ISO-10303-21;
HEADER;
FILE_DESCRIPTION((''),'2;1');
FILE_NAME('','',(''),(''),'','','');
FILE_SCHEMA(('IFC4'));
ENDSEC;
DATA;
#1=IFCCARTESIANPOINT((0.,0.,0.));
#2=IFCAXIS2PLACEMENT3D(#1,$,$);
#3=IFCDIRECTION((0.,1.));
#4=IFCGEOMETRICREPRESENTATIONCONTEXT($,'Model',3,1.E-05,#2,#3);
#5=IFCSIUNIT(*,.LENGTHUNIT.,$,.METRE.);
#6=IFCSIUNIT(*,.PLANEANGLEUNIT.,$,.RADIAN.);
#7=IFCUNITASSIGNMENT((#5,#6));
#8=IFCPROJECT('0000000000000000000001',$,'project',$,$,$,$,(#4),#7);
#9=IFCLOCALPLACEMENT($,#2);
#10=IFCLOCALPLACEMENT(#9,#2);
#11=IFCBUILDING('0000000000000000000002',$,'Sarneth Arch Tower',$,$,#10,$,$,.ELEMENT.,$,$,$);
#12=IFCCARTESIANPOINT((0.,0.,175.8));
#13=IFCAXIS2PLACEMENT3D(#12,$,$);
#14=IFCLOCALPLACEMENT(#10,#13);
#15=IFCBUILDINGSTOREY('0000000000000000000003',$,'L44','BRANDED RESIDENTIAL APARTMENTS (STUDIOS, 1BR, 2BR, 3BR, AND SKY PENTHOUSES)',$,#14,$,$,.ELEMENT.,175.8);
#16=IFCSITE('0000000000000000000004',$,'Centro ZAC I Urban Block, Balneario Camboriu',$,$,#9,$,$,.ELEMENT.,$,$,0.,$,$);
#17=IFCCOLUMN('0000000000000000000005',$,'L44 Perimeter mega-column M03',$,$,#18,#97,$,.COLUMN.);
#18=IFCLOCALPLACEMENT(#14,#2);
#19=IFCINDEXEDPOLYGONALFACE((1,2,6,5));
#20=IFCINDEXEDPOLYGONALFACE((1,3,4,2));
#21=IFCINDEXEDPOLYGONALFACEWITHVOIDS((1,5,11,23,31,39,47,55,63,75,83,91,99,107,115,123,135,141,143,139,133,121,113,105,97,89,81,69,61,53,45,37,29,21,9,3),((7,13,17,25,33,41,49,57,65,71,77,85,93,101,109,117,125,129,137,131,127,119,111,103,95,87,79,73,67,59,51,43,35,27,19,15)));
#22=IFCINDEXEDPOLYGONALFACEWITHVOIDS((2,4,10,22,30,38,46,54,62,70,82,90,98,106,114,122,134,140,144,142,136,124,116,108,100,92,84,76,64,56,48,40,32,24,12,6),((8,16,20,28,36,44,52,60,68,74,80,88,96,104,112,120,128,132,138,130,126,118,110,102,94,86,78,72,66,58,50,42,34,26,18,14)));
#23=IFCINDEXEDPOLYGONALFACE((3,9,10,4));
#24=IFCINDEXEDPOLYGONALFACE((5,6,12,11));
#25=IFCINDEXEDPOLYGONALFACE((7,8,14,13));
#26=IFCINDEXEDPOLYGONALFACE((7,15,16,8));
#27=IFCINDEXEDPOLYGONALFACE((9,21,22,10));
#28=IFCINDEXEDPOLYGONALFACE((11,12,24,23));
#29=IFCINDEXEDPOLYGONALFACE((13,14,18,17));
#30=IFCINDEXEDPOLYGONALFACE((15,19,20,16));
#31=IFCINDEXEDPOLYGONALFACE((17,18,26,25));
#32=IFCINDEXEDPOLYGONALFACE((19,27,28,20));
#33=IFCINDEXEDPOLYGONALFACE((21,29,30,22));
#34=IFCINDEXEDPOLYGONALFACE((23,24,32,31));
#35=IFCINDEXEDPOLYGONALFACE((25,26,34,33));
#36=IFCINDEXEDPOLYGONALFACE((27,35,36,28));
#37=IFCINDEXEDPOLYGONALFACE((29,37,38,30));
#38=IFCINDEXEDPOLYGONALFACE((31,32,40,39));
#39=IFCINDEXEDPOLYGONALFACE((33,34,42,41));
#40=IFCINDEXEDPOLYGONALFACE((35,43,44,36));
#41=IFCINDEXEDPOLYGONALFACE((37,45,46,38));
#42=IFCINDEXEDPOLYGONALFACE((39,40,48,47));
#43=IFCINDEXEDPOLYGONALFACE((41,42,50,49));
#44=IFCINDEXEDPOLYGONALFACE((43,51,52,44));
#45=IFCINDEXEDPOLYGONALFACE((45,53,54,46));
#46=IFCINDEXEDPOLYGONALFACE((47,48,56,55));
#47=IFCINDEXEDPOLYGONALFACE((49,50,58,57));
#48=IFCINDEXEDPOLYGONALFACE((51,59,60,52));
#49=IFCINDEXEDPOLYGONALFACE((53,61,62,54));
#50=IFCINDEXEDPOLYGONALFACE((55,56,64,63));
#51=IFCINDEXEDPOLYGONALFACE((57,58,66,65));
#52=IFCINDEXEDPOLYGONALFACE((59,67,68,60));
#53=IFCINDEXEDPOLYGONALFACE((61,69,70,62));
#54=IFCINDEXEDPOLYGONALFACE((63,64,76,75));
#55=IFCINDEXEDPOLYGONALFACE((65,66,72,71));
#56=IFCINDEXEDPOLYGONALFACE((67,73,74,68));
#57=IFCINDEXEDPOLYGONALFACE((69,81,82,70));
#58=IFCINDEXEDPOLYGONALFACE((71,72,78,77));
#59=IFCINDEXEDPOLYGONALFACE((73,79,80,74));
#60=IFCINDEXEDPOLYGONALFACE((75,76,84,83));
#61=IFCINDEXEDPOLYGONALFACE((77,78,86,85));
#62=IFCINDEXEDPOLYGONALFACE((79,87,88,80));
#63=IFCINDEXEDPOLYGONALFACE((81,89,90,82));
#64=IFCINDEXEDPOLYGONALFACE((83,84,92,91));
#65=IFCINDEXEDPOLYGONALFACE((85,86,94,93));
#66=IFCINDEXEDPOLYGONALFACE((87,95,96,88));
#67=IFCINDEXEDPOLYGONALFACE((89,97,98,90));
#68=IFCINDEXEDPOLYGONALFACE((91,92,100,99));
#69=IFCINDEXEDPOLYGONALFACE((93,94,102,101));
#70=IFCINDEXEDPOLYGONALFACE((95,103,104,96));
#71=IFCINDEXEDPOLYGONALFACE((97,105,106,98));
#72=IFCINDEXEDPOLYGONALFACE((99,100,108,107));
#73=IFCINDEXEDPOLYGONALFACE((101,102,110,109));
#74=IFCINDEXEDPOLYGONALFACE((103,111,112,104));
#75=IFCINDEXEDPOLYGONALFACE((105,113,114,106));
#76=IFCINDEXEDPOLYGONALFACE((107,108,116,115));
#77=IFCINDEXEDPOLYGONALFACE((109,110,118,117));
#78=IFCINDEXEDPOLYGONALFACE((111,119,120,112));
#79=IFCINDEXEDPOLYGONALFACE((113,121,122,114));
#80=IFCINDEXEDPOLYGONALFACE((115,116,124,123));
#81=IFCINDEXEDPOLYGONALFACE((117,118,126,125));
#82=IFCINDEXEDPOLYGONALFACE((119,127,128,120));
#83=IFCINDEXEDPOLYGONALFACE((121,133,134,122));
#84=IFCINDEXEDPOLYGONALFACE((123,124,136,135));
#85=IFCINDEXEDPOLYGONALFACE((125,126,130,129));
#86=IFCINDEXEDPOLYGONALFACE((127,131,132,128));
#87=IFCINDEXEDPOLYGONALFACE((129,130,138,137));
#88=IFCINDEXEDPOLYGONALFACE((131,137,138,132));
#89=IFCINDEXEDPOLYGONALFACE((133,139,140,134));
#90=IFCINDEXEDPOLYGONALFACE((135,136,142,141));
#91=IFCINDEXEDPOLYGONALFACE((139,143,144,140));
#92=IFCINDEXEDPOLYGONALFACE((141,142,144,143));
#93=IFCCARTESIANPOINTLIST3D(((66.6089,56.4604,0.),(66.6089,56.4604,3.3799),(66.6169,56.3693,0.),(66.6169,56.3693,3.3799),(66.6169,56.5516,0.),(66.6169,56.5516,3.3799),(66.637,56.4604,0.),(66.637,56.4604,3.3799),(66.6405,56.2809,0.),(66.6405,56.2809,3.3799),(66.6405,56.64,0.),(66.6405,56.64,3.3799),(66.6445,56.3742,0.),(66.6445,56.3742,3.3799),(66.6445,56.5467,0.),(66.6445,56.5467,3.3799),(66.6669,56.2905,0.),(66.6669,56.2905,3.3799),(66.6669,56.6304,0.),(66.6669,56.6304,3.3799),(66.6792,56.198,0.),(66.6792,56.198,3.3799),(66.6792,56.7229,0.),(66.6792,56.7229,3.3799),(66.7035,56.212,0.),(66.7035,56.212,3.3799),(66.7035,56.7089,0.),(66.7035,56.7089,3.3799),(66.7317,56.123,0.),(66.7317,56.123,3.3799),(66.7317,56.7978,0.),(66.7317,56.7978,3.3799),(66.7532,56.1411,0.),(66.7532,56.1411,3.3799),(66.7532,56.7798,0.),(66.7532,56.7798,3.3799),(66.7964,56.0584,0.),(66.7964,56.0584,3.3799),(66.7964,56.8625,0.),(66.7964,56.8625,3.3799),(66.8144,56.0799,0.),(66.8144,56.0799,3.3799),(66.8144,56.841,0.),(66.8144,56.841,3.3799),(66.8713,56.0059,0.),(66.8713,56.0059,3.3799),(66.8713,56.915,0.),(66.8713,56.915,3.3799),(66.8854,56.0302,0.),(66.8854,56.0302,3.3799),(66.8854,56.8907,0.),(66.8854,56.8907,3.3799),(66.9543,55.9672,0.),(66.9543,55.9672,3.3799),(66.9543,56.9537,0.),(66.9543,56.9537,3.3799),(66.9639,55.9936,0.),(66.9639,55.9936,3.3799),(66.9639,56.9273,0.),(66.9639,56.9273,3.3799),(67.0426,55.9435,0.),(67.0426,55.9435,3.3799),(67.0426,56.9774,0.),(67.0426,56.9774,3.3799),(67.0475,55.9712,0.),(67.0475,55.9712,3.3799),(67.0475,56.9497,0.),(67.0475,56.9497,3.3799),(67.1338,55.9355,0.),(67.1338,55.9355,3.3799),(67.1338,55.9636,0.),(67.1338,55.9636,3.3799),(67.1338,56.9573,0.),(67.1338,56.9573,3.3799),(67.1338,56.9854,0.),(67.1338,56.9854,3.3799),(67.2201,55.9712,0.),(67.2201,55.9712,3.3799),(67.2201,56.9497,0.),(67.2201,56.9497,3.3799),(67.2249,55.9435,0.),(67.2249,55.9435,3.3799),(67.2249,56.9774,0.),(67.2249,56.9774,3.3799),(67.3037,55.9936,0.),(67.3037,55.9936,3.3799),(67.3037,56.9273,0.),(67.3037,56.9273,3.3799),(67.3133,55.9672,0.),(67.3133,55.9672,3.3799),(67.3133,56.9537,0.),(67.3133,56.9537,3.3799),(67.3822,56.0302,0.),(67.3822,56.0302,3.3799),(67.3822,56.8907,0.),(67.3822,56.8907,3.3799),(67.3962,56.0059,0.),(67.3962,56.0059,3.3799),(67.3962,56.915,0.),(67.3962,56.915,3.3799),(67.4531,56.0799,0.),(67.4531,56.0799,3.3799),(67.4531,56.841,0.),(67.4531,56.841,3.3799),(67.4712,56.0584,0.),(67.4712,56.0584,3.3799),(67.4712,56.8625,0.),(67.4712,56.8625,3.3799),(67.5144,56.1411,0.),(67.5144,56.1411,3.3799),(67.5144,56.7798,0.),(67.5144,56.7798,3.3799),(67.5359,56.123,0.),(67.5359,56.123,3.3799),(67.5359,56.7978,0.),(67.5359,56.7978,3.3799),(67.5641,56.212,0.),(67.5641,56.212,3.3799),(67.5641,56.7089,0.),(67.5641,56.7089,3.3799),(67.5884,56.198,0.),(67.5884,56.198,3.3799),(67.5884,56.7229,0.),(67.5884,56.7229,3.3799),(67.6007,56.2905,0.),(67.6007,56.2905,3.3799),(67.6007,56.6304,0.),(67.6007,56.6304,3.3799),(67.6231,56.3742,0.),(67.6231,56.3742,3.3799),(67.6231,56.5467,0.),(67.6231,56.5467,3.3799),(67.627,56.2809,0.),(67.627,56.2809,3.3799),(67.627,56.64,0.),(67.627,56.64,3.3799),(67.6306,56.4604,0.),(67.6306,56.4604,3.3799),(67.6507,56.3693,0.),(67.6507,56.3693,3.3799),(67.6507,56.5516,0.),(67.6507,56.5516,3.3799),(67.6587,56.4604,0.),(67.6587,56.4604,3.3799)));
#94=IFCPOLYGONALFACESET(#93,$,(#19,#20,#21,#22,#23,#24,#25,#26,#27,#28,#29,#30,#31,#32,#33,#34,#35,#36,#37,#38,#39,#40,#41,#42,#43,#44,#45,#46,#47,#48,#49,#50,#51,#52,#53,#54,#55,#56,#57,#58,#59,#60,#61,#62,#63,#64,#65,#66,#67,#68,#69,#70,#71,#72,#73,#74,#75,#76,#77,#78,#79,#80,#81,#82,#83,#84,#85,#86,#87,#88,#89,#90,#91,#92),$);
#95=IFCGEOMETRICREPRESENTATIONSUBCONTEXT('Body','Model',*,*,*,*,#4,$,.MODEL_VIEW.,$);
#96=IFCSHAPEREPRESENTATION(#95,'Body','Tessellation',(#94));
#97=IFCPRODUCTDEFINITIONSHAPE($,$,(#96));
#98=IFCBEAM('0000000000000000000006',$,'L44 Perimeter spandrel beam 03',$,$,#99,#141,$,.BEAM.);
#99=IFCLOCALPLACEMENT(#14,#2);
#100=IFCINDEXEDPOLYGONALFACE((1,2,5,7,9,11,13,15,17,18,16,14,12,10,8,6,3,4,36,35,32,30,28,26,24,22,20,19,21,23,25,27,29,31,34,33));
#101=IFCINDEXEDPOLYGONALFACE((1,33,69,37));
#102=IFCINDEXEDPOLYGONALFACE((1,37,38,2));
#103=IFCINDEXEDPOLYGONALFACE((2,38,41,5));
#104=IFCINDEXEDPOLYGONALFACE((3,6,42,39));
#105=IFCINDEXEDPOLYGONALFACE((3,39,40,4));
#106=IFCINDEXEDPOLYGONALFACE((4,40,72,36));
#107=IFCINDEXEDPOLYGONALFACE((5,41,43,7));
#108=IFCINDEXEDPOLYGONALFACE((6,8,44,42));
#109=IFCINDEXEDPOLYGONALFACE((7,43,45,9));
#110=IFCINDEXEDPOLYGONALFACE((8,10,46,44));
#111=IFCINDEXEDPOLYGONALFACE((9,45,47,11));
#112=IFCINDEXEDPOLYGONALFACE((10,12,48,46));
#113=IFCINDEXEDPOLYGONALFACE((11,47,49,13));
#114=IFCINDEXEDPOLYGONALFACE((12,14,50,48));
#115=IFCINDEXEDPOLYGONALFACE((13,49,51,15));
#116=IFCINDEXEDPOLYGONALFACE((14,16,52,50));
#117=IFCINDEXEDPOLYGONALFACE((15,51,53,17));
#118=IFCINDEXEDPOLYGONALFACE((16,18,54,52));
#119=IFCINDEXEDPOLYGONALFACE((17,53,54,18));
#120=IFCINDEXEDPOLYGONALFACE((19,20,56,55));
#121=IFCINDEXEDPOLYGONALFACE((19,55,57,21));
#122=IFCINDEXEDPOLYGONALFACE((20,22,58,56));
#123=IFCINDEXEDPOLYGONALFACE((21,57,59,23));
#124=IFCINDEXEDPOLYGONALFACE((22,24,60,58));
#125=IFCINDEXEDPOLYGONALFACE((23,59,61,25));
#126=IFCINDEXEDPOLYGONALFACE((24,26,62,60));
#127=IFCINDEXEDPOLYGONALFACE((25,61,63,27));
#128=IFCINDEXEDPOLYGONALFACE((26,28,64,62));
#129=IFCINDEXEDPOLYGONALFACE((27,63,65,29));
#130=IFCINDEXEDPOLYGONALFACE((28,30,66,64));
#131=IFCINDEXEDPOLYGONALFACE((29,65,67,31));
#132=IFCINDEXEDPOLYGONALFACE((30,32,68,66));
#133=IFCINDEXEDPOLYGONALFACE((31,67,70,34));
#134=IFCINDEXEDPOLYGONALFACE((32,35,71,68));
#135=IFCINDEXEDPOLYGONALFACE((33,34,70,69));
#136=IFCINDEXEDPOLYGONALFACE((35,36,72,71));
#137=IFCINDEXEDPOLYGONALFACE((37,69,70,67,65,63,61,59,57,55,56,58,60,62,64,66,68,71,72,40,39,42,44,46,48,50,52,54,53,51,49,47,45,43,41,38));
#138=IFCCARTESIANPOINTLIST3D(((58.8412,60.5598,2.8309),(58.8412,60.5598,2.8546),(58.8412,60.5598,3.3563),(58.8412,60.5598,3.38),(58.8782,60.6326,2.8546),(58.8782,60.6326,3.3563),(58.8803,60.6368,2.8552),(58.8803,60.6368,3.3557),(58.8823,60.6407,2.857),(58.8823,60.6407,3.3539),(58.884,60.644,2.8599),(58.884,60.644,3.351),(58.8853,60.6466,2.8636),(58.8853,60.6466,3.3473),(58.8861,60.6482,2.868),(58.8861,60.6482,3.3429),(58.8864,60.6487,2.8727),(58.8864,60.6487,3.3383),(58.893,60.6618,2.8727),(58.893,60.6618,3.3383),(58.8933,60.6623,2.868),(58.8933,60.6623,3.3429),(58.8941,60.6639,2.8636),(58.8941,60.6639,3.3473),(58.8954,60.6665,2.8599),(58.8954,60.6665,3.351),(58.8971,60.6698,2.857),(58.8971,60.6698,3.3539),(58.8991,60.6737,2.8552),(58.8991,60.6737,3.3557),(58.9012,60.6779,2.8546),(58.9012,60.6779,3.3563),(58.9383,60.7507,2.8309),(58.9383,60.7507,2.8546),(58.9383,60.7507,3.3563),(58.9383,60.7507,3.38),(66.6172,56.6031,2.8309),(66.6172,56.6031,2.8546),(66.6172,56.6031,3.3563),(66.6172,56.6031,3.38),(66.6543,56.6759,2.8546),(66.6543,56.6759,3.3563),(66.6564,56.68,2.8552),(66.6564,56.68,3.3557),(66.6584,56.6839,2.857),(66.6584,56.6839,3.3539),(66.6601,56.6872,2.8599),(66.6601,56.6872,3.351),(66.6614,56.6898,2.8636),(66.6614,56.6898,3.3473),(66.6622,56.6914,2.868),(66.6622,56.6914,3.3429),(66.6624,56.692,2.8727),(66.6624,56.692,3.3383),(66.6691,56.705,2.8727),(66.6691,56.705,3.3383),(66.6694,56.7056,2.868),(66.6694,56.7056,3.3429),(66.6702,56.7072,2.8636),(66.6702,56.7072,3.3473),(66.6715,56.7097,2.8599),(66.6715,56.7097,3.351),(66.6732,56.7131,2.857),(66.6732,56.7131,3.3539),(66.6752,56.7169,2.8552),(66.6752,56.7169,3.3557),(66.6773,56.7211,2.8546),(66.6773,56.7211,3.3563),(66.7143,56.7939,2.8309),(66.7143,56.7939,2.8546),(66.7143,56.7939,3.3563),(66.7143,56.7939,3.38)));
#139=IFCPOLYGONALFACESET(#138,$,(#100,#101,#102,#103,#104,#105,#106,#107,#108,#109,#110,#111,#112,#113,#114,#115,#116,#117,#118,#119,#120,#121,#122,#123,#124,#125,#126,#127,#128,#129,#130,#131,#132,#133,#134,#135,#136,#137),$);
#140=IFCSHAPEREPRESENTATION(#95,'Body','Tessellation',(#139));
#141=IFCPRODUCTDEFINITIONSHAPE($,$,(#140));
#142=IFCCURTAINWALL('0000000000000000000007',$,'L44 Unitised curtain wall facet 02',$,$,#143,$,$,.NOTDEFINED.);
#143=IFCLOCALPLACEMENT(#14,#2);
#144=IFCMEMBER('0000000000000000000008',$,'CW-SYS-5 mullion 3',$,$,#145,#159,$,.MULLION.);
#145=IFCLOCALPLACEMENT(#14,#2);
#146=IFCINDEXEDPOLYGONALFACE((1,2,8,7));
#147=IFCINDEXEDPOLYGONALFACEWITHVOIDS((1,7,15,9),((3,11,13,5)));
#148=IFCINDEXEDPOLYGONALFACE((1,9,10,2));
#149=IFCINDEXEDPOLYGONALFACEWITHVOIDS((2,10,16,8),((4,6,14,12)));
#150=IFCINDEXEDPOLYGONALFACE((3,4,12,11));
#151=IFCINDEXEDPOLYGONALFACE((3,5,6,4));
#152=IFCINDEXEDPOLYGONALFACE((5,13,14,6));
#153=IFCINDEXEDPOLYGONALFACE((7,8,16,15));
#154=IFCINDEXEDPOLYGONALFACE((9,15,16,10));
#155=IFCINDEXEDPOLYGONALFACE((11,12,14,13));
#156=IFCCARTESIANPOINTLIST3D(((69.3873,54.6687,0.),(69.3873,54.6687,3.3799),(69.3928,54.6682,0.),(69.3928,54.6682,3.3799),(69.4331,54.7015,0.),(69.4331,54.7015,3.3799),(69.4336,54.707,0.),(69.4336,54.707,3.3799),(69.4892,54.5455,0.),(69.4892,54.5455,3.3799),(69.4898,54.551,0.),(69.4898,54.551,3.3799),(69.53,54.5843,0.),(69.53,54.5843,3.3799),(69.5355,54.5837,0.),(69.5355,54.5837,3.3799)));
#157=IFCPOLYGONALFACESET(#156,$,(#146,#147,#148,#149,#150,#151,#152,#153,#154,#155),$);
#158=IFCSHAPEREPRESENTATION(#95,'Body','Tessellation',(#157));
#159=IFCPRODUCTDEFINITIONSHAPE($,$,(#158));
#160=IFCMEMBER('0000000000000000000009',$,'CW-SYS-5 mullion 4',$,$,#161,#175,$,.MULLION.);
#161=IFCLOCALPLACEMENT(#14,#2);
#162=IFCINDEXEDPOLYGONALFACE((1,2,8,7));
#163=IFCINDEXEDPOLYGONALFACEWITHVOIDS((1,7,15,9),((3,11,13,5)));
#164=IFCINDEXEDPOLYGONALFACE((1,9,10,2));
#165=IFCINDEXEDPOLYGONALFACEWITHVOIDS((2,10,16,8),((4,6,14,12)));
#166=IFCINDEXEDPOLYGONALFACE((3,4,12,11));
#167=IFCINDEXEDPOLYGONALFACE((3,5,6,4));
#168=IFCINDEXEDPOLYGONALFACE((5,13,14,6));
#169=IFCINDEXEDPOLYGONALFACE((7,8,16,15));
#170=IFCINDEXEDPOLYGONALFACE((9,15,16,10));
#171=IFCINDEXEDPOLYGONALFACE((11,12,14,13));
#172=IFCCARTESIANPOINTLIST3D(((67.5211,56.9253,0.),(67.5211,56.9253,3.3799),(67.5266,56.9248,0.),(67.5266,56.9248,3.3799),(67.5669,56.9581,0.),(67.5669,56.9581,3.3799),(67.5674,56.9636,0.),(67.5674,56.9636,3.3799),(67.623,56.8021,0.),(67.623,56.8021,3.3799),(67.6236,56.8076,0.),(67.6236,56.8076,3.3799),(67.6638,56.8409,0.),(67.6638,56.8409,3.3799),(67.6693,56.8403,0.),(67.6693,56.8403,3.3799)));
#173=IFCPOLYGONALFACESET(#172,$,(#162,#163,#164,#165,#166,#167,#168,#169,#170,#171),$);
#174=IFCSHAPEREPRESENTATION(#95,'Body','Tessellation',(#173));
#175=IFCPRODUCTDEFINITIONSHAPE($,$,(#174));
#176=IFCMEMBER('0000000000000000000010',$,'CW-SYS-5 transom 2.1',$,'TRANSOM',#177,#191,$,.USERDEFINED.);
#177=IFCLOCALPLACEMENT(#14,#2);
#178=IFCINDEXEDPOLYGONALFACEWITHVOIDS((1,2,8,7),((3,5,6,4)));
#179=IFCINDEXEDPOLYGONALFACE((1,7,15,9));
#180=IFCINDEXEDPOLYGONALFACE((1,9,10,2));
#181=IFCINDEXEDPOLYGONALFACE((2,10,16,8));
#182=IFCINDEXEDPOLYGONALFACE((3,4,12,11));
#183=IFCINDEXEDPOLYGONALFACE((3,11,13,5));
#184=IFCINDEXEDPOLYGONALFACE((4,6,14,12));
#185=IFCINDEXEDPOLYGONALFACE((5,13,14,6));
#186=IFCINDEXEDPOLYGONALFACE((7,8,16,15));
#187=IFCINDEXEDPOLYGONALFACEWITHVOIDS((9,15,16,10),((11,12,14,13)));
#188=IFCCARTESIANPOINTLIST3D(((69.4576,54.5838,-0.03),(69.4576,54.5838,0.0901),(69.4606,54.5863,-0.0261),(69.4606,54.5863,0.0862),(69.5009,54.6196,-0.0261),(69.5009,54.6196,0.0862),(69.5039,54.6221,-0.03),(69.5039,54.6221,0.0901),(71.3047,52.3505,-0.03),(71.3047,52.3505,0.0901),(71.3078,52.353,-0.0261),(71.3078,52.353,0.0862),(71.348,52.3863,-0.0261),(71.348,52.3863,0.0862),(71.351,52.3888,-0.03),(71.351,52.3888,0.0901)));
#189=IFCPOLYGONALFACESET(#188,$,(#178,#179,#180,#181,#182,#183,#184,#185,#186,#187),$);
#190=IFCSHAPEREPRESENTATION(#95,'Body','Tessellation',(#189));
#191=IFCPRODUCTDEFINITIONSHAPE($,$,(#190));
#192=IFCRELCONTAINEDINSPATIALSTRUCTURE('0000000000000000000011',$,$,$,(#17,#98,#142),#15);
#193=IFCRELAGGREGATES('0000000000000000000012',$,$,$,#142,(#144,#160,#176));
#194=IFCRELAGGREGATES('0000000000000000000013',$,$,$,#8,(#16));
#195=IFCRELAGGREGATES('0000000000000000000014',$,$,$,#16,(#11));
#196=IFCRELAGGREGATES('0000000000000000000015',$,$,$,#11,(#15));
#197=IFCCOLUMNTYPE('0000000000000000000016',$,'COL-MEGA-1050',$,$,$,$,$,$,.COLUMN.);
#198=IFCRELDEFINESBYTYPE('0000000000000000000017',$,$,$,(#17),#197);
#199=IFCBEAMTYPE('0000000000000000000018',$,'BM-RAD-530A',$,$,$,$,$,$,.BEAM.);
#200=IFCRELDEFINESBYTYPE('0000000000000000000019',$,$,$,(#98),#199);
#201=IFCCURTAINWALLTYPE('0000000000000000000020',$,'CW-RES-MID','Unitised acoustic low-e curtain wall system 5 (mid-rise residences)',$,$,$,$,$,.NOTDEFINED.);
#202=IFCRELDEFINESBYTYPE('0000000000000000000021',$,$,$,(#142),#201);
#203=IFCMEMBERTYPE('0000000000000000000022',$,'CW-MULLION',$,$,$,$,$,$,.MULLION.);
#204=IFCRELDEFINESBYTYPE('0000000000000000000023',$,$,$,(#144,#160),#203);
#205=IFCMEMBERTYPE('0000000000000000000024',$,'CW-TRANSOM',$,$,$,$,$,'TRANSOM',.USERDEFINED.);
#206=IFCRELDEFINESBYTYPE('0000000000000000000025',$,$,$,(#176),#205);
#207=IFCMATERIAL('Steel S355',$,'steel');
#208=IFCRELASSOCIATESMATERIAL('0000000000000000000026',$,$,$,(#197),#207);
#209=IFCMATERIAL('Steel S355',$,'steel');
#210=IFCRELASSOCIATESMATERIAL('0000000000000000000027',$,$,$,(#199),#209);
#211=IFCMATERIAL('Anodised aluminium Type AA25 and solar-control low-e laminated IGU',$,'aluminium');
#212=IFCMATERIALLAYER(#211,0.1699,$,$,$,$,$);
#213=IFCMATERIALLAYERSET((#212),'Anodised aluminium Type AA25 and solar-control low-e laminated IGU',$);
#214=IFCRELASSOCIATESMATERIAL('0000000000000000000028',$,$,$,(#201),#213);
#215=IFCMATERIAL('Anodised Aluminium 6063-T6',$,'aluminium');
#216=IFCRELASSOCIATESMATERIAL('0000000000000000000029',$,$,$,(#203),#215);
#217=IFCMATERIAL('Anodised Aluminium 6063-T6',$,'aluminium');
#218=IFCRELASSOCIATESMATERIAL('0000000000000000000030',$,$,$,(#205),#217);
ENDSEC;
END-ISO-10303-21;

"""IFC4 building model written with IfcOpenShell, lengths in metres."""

from ifc_helpers import new_model, si_unit, direction, frame, origin, origin_2d, place, context, subcontext, project, spatial, hollow_rectangle, hollow_circle, i_section, extrude, material, layer, layer_set, material_profile, profile_set, type_object, element, aggregate, save


model = new_model("IFC4")

# Units and contexts
model_context = context("Model", 3, precision=1e-05, world=origin(), true_north=direction((0.0, 1.0)))
body_context = subcontext(model_context, "Body", "Model", "MODEL_VIEW")
ifc_project = project(units=[si_unit("LENGTHUNIT", "METRE"), si_unit("PLANEANGLEUNIT", "RADIAN")], contexts=[model_context])

# Site, building, storey
site_placement = place(None, origin())
site = spatial("IfcSite", under=ifc_project, at=site_placement, Name="Centro ZAC I Urban Block, Balneario Camboriu", CompositionType="ELEMENT", RefElevation=0.0)
building_placement = place(site_placement, origin())
building = spatial("IfcBuilding", under=site, at=building_placement, Name="Sarneth Arch Tower", CompositionType="ELEMENT")
storey_placement = place(building_placement, frame((0.0, 0.0, 175.8)))
storey = spatial("IfcBuildingStorey", under=building, at=storey_placement, Name="L44", Description="BRANDED RESIDENTIAL APARTMENTS (STUDIOS, 1BR, 2BR, 3BR, AND SKY PENTHOUSES)", CompositionType="ELEMENT", Elevation=175.8)

# Column
ifc_material_1 = material(Name="Steel S355", Category="steel")
ifc_material_profile_1 = material_profile(ifc_material_1, hollow_circle(Radius=0.5249, WallThickness=0.0281, at=origin_2d()), Name="CHS1050x28")
ifc_profile_set_1 = profile_set([ifc_material_profile_1], Name="Steel S355")
column_type = type_object("IfcColumnType", Name="COL-MEGA-1050", PredefinedType="COLUMN", material=ifc_profile_set_1)
column_placement = place(storey_placement, frame((67.1338, 56.4604, 0.0), z_axis=(0.0, 0.0, 1.0), x_axis=(1.0, 0.0, 0.0)))
element("IfcColumn", 1, at=column_placement, inside=storey, type_object=column_type, Name="L44 Perimeter mega-column M03", PredefinedType="COLUMN", context=body_context, shape_type="SweptSolid", body=[
    extrude(hollow_circle(Radius=0.5249, WallThickness=0.0281, at=origin_2d()), origin(), (0.0, 0.0, 1.0), 3.3799),
])

# Beam
ifc_material_2 = material(Name="Steel S355", Category="steel")
ifc_material_profile_2 = material_profile(ifc_material_2, i_section(OverallWidth=0.2141, OverallDepth=0.5491, WebThickness=0.0146, FlangeThickness=0.0237, FilletRadius=0.0181, at=origin_2d()), Name="W530x138")
ifc_profile_set_2 = profile_set([ifc_material_profile_2], Name="Steel S355")
beam_type = type_object("IfcBeamType", Name="BM-RAD-530A", PredefinedType="BEAM", material=ifc_profile_set_2)
beam_placement = place(storey_placement, frame((66.6658, 56.6985, 3.1055), z_axis=(-0.891254, 0.453504, 0.0), x_axis=(-0.453504, -0.891254, 0.0)))
element("IfcBeam", 2, at=beam_placement, inside=storey, type_object=beam_type, Name="L44 Perimeter spandrel beam 03", PredefinedType="BEAM", context=body_context, shape_type="SweptSolid", body=[
    extrude(i_section(OverallWidth=0.2141, OverallDepth=0.5491, WebThickness=0.0146, FlangeThickness=0.0237, FilletRadius=0.0181, at=origin_2d()), origin(), (0.0, 0.0, 1.0), 8.7249),
])

# Curtain wall, members
ifc_material_3 = material(Name="Anodised aluminium Type AA25 and solar-control low-e laminated IGU", Category="aluminium")
ifc_layer_1 = layer(ifc_material_3, 0.1699)
ifc_layer_set_1 = layer_set([ifc_layer_1], Name="Anodised aluminium Type AA25 and solar-control low-e laminated IGU")
curtain_wall_type = type_object("IfcCurtainWallType", Name="CW-RES-MID", Description="Unitised acoustic low-e curtain wall system 5 (mid-rise residences)", PredefinedType="NOTDEFINED", material=ifc_layer_set_1)
curtain_wall_placement = place(storey_placement, origin())
curtain_wall = element("IfcCurtainWall", 3, at=curtain_wall_placement, inside=storey, type_object=curtain_wall_type, Name="L44 Unitised curtain wall facet 02", PredefinedType="NOTDEFINED")
ifc_material_4 = material(Name="Anodised Aluminium 6063-T6", Category="aluminium")
ifc_material_profile_3 = material_profile(ifc_material_4, hollow_rectangle(XDim=0.0601, YDim=0.1599, WallThickness=0.0039, at=origin_2d()), Name="AL-MULL-160x60x4")
ifc_profile_set_3 = profile_set([ifc_material_profile_3], Name="Anodised Aluminium 6063-T6")
member_type_1 = type_object("IfcMemberType", Name="CW-MULLION", PredefinedType="MULLION", material=ifc_profile_set_3)
member_1_placement = place(storey_placement, frame((69.4614, 54.6262, 0.0), z_axis=(0.0, 0.0, 1.0), x_axis=(-0.770591, -0.63733, 0.0)))
member_1 = element("IfcMember", 4, at=member_1_placement, type_object=member_type_1, Name="CW-SYS-5 mullion 3", PredefinedType="MULLION", context=body_context, shape_type="SweptSolid", body=[
    extrude(hollow_rectangle(XDim=0.0601, YDim=0.1599, WallThickness=0.0039, at=origin_2d()), origin(), (0.0, 0.0, 1.0), 3.3799),
])
member_2_placement = place(storey_placement, frame((67.5952, 56.8828, 0.0), z_axis=(0.0, 0.0, 1.0), x_axis=(-0.770591, -0.63733, 0.0)))
member_2 = element("IfcMember", 5, at=member_2_placement, type_object=member_type_1, Name="CW-SYS-5 mullion 4", PredefinedType="MULLION", context=body_context, shape_type="SweptSolid", body=[
    extrude(hollow_rectangle(XDim=0.0601, YDim=0.1599, WallThickness=0.0039, at=origin_2d()), origin(), (0.0, 0.0, 1.0), 3.3799),
])
ifc_material_5 = material(Name="Anodised Aluminium 6063-T6", Category="aluminium")
ifc_material_profile_4 = material_profile(ifc_material_5, hollow_rectangle(XDim=0.0601, YDim=0.1201, WallThickness=0.0039, at=origin_2d()), Name="AL-TRAN-120x60x4")
ifc_profile_set_4 = profile_set([ifc_material_profile_4], Name="Anodised Aluminium 6063-T6")
member_type_2 = type_object("IfcMemberType", Name="CW-TRANSOM", ElementType="TRANSOM", PredefinedType="USERDEFINED", material=ifc_profile_set_4)
member_3_placement = place(storey_placement, frame((71.3279, 52.3696, 0.03), z_axis=(-0.63733, 0.770591, 0.0), x_axis=(-0.770591, -0.63733, 0.0)))
member_3 = element("IfcMember", 6, at=member_3_placement, type_object=member_type_2, Name="CW-SYS-5 transom 2.1", ObjectType="TRANSOM", PredefinedType="USERDEFINED", context=body_context, shape_type="SweptSolid", body=[
    extrude(hollow_rectangle(XDim=0.0601, YDim=0.1201, WallThickness=0.0039, at=origin_2d()), origin(), (0.0, 0.0, 1.0), 2.8982),
])

aggregate(curtain_wall, [member_1, member_2, member_3])

save(model, "model.ifc")
